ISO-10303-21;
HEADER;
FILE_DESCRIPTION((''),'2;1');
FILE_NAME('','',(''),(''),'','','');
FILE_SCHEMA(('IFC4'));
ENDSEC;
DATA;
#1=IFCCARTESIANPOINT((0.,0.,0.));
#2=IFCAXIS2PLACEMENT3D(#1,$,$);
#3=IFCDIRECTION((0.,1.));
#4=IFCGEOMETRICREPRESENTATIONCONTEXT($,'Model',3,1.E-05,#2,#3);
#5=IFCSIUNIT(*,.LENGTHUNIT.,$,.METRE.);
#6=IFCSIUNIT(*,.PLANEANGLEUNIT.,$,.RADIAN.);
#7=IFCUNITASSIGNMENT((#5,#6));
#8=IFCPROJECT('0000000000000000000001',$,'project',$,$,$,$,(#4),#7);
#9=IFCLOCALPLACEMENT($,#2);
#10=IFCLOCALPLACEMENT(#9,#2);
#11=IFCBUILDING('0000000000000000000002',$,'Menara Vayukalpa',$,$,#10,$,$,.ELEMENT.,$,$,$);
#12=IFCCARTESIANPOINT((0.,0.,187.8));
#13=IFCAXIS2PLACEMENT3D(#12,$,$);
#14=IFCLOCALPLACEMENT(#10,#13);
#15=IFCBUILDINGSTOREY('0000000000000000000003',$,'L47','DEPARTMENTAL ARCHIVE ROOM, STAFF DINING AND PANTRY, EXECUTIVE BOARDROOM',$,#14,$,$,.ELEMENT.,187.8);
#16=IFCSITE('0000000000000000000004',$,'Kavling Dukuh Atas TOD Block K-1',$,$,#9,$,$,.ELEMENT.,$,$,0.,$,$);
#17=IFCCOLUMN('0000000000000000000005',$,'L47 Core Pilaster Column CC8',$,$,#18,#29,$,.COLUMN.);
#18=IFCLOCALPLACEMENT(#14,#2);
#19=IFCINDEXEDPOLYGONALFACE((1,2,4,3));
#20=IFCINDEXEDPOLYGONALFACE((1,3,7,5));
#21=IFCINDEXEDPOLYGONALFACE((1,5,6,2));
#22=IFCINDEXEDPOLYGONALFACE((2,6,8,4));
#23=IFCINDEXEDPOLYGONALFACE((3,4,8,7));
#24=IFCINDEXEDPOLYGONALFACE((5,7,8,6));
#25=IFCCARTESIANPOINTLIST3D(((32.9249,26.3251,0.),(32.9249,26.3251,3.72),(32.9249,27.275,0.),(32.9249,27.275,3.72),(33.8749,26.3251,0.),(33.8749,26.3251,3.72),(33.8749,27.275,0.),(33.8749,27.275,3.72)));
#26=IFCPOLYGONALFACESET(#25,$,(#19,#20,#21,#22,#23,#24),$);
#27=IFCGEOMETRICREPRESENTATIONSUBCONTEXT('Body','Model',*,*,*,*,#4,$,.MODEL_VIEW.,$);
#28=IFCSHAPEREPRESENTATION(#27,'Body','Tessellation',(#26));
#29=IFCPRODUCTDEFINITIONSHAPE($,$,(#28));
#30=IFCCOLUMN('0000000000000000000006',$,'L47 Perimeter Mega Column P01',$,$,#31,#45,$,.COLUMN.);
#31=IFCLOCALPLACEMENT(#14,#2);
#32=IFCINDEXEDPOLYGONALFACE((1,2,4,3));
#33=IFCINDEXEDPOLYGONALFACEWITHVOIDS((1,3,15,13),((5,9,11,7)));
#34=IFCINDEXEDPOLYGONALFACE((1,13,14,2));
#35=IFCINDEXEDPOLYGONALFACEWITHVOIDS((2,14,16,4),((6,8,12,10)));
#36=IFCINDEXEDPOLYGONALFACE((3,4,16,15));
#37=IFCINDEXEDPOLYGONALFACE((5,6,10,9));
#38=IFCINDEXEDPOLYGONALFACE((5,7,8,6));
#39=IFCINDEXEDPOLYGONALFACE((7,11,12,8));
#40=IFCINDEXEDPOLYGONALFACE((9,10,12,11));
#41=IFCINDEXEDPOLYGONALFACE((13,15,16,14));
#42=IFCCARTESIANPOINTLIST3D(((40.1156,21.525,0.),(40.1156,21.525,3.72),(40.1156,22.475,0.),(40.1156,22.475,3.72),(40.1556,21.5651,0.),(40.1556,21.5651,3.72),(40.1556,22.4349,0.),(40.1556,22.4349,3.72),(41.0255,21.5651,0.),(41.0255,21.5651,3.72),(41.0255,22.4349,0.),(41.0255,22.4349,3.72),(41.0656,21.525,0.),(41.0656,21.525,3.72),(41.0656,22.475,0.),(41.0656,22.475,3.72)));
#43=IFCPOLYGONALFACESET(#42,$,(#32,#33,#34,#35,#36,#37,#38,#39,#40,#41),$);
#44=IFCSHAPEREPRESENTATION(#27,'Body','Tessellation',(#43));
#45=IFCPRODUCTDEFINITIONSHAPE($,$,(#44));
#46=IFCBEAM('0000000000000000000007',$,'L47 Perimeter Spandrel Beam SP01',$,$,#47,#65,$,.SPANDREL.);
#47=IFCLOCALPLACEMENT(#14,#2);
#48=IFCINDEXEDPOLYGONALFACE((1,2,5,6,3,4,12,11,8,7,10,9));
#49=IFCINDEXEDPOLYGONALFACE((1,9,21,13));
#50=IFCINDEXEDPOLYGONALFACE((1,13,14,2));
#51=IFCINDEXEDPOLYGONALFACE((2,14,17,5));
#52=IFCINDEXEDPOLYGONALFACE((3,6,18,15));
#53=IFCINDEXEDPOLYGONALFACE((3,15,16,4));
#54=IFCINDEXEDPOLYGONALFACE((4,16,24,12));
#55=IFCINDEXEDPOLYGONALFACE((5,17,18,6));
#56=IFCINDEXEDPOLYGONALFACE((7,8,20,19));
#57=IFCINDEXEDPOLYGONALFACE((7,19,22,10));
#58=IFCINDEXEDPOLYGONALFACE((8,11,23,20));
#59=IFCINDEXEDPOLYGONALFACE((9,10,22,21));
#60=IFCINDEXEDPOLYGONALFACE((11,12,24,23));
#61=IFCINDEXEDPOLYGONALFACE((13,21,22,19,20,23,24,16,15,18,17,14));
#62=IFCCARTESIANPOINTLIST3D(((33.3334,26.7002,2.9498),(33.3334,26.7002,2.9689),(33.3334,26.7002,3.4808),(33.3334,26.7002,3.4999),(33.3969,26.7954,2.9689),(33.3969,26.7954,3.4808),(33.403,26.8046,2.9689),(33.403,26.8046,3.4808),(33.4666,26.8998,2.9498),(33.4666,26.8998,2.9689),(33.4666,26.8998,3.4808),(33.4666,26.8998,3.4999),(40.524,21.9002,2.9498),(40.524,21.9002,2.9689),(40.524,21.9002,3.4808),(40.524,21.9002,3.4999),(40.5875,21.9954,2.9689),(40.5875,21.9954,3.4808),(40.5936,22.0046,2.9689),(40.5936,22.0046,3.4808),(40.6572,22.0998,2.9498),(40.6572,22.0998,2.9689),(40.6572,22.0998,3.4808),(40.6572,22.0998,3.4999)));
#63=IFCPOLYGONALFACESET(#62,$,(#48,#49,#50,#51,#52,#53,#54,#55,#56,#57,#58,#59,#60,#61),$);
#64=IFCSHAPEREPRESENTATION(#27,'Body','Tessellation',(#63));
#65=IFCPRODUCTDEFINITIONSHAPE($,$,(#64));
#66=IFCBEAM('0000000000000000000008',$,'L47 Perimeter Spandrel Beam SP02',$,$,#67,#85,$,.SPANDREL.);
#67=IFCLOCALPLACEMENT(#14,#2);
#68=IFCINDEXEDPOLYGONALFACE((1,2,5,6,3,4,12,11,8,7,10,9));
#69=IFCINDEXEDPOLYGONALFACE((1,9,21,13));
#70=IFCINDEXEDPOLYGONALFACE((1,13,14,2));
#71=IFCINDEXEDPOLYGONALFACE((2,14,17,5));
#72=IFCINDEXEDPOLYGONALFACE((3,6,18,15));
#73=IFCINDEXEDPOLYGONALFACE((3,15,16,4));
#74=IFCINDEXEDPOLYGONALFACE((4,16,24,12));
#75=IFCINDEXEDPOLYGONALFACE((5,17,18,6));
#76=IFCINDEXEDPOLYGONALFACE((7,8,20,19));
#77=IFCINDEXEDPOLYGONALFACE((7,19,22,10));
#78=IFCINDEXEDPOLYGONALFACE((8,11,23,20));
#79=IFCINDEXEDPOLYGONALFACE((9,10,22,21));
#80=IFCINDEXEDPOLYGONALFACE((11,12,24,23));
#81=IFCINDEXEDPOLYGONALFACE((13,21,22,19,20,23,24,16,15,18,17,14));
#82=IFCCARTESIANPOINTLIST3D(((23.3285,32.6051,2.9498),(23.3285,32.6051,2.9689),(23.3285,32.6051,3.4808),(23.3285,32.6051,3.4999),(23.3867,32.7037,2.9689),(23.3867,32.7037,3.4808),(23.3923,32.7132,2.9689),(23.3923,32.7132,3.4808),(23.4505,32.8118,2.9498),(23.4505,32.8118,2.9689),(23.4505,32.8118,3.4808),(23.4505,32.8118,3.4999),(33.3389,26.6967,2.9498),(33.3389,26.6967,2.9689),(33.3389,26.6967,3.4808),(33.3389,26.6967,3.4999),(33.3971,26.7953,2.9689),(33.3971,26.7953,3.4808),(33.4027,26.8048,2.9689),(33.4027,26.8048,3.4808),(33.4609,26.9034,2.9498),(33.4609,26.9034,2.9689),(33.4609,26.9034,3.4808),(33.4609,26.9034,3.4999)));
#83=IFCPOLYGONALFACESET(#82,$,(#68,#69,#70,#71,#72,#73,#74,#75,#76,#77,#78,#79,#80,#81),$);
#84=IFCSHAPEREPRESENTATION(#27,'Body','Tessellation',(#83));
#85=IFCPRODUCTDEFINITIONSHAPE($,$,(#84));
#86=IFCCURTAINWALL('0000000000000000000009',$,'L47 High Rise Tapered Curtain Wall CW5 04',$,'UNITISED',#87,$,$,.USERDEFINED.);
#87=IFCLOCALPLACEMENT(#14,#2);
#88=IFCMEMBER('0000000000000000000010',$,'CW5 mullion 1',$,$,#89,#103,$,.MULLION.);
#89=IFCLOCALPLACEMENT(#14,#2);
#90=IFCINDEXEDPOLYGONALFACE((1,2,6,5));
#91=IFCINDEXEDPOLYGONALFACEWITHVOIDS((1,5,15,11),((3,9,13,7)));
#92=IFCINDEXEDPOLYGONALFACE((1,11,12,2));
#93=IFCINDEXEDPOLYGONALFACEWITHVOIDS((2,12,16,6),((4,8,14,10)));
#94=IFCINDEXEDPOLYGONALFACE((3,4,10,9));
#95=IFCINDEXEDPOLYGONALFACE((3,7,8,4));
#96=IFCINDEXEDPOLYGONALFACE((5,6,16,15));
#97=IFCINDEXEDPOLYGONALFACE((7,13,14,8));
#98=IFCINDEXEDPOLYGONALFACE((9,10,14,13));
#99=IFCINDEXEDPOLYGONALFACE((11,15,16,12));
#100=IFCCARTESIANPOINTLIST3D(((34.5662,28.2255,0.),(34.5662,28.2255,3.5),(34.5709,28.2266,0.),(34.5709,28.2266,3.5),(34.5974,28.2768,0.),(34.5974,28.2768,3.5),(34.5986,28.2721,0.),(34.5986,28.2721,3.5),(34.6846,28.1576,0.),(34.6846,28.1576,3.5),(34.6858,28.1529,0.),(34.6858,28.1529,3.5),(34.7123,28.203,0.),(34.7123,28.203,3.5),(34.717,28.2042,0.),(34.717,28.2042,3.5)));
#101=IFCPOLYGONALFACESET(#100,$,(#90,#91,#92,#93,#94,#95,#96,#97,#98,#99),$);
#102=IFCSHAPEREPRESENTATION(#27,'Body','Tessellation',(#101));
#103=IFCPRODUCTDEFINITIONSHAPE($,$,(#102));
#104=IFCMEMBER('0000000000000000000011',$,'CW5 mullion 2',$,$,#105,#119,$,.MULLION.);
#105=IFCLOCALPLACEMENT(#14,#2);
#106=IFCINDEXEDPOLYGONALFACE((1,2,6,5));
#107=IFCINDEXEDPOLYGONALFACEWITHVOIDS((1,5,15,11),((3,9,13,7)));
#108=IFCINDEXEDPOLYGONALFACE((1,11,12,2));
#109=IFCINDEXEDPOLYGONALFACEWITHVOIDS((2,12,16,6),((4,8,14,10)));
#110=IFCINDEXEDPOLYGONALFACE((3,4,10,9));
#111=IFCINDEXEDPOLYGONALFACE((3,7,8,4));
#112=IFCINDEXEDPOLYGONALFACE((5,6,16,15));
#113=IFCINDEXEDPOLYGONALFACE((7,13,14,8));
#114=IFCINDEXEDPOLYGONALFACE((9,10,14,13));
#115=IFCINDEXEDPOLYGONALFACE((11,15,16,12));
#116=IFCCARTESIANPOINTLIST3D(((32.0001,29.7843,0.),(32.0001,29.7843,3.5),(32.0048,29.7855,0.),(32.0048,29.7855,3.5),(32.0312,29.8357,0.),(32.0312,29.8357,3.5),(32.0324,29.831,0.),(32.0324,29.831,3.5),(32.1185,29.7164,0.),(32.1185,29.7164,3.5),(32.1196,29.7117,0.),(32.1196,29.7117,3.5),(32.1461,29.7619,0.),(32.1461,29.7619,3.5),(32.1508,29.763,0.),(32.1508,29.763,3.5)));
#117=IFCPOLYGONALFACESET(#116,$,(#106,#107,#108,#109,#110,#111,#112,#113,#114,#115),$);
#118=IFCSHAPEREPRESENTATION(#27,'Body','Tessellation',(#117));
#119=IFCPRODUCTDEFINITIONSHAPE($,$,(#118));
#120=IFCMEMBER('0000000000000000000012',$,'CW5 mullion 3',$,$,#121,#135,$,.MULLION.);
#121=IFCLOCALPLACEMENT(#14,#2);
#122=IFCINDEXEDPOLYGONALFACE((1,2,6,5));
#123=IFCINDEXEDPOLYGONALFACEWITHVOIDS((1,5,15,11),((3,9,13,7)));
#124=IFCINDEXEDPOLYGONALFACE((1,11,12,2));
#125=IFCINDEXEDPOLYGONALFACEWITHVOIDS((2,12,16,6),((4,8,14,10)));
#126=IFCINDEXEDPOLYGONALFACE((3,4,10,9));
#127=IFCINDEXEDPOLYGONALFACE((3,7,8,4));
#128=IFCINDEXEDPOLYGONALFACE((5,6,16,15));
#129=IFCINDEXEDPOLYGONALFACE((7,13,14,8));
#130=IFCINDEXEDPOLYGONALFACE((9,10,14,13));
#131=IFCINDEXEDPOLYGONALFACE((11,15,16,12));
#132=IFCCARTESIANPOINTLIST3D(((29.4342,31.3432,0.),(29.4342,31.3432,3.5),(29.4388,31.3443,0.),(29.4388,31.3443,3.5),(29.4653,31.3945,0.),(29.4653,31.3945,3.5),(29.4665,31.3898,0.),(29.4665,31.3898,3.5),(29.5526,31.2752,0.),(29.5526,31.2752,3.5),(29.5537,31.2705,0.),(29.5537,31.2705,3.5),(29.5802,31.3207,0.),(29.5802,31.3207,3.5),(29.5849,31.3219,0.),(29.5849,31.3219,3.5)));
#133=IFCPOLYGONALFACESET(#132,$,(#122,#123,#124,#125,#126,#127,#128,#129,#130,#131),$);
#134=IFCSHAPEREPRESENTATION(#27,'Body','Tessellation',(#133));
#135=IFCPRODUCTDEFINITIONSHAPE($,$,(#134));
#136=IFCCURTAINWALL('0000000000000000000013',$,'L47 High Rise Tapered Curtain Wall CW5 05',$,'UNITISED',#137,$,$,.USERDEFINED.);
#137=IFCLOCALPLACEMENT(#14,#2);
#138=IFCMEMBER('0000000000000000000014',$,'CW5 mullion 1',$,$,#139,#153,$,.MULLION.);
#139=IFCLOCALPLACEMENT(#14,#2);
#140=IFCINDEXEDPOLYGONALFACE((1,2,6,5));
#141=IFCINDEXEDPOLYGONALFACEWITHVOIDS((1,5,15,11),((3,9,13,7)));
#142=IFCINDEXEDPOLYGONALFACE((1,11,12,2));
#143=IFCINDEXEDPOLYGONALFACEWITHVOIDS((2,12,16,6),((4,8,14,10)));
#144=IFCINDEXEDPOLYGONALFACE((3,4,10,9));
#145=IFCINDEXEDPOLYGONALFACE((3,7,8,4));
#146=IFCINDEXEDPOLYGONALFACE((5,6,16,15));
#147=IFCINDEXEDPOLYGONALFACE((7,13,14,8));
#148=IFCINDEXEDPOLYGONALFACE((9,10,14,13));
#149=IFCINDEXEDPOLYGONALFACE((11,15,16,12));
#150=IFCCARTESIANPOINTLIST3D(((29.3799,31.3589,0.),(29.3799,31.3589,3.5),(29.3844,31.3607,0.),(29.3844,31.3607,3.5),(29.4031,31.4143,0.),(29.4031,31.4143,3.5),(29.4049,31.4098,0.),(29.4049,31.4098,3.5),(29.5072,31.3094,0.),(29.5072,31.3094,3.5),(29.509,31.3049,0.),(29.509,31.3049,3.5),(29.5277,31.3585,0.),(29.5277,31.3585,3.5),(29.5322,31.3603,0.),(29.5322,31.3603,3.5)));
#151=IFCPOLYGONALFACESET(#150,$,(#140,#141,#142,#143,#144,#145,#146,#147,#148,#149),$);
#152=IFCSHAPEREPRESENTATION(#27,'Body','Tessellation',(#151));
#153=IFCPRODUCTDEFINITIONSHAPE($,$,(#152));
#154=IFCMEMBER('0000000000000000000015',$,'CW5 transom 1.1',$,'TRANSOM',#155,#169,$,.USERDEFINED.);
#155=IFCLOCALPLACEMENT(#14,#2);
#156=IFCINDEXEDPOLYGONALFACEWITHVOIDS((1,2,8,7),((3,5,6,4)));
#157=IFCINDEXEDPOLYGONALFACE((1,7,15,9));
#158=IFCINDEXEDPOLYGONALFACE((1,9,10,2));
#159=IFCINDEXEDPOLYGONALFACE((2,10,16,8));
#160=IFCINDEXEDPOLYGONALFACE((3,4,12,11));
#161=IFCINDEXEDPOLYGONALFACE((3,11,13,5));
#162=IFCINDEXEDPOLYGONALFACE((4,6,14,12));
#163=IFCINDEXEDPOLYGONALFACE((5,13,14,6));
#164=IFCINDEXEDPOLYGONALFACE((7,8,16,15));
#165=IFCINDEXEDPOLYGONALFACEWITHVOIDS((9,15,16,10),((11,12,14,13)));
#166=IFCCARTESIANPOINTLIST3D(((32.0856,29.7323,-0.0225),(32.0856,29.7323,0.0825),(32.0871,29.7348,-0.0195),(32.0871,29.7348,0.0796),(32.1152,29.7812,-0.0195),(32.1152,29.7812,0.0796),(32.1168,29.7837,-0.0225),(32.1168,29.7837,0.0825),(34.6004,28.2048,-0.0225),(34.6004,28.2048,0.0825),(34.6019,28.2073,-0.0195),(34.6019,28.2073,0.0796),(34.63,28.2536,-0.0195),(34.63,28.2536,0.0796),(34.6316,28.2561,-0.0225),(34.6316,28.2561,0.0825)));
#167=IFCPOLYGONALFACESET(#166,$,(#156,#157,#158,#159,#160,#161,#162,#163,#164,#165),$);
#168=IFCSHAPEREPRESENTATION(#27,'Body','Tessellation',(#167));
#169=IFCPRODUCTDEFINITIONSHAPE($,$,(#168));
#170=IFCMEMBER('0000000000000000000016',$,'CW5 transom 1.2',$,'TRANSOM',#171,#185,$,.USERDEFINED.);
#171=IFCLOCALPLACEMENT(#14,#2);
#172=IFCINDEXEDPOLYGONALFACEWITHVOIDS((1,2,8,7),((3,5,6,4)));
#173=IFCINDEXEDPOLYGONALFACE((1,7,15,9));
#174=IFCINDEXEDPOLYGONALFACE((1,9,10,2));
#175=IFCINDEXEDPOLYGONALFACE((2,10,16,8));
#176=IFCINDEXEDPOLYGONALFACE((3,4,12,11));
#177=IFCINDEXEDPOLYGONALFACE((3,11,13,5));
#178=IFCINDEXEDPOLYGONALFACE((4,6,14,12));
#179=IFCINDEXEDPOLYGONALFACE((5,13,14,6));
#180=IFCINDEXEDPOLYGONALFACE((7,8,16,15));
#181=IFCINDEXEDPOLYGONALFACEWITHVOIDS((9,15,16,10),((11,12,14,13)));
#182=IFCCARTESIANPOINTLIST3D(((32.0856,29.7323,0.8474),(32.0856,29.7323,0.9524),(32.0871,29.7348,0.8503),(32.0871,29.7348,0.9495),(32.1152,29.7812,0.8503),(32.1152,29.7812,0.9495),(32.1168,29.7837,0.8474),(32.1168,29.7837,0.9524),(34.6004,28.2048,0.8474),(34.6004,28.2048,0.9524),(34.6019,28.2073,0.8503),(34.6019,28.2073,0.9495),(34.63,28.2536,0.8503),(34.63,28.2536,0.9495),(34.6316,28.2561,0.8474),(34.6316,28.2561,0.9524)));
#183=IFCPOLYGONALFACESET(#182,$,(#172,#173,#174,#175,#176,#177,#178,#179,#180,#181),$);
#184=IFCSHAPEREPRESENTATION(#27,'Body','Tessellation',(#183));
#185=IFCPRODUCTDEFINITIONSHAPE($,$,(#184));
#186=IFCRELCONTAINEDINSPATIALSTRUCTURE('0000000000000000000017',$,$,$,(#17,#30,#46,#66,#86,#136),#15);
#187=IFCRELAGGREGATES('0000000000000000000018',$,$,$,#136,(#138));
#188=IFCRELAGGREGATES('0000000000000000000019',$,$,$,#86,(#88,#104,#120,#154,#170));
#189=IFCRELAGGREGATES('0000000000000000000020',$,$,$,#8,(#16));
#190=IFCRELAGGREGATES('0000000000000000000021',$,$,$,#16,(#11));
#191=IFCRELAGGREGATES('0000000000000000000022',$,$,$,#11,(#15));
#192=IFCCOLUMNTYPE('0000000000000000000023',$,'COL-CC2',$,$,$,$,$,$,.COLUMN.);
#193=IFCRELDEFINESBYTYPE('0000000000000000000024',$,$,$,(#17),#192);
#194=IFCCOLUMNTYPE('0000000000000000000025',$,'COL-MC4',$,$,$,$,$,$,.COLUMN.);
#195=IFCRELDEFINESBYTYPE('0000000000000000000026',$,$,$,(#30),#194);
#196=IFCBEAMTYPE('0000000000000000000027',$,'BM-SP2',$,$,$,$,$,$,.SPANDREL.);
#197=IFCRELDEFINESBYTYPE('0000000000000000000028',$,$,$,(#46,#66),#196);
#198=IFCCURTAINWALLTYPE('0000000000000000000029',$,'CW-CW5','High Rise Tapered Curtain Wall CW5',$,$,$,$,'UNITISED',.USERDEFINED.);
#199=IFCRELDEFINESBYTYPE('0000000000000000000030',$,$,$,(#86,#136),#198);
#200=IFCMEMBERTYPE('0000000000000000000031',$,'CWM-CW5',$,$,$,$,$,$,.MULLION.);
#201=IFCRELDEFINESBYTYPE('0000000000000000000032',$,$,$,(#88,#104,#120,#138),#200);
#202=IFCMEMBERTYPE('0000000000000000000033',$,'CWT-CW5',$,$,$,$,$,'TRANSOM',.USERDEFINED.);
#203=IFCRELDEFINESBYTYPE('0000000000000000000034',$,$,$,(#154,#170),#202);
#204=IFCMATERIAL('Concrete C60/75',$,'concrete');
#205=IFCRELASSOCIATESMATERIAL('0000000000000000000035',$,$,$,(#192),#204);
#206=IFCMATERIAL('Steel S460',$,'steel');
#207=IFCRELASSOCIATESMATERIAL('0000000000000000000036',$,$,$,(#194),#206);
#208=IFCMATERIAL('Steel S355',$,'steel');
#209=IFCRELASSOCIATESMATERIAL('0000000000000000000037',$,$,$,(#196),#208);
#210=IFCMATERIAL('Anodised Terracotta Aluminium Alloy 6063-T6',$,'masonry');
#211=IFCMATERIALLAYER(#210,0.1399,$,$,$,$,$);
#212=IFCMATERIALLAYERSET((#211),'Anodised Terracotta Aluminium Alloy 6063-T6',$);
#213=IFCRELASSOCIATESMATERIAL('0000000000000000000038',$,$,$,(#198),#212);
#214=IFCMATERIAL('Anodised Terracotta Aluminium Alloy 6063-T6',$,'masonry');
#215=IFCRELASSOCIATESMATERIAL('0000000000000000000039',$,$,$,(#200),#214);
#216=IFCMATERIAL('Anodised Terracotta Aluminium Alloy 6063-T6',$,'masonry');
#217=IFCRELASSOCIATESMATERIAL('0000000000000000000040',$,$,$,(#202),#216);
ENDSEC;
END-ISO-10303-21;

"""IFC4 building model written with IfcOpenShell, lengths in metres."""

from ifc_helpers import new_model, si_unit, direction, frame, origin, origin_2d, place, context, subcontext, project, spatial, rectangle, hollow_rectangle, i_section, extrude, material, layer, layer_set, material_profile, profile_set, type_object, element, aggregate, save


model = new_model("IFC4")

# Units and contexts
model_context = context("Model", 3, precision=1e-05, world=origin(), true_north=direction((0.0, 1.0)))
body_context = subcontext(model_context, "Body", "Model", "MODEL_VIEW")
ifc_project = project(units=[si_unit("LENGTHUNIT", "METRE"), si_unit("PLANEANGLEUNIT", "RADIAN")], contexts=[model_context])

# Site, building, storey
site_placement = place(None, origin())
site = spatial("IfcSite", under=ifc_project, at=site_placement, Name="Kavling Dukuh Atas TOD Block K-1", CompositionType="ELEMENT", RefElevation=0.0)
building_placement = place(site_placement, origin())
building = spatial("IfcBuilding", under=site, at=building_placement, Name="Menara Vayukalpa", CompositionType="ELEMENT")
storey_placement = place(building_placement, frame((0.0, 0.0, 187.8)))
storey = spatial("IfcBuildingStorey", under=building, at=storey_placement, Name="L47", Description="DEPARTMENTAL ARCHIVE ROOM, STAFF DINING AND PANTRY, EXECUTIVE BOARDROOM", CompositionType="ELEMENT", Elevation=187.8)

# Columns
ifc_material_1 = material(Name="Concrete C60/75", Category="concrete")
ifc_material_profile_1 = material_profile(ifc_material_1, rectangle(XDim=0.95, YDim=0.95, at=origin_2d()), Name="RC 950x950")
ifc_profile_set_1 = profile_set([ifc_material_profile_1], Name="Concrete C60/75")
column_type_1 = type_object("IfcColumnType", Name="COL-CC2", PredefinedType="COLUMN", material=ifc_profile_set_1)
column_1_placement = place(storey_placement, frame((33.3999, 26.8, 0.0), z_axis=(0.0, 0.0, 1.0), x_axis=(1.0, 0.0, 0.0)))
element("IfcColumn", 1, at=column_1_placement, inside=storey, type_object=column_type_1, Name="L47 Core Pilaster Column CC8", PredefinedType="COLUMN", context=body_context, shape_type="SweptSolid", body=[
    extrude(rectangle(XDim=0.95, YDim=0.95, at=origin_2d()), origin(), (0.0, 0.0, 1.0), 3.72),
])
ifc_material_2 = material(Name="Steel S460", Category="steel")
ifc_material_profile_2 = material_profile(ifc_material_2, hollow_rectangle(XDim=0.95, YDim=0.95, WallThickness=0.04, at=origin_2d()), Name="BOX 950x950x40")
ifc_profile_set_2 = profile_set([ifc_material_profile_2], Name="Steel S460")
column_type_2 = type_object("IfcColumnType", Name="COL-MC4", PredefinedType="COLUMN", material=ifc_profile_set_2)
column_2_placement = place(storey_placement, frame((40.5906, 22.0, 0.0), z_axis=(0.0, 0.0, 1.0), x_axis=(1.0, 0.0, 0.0)))
element("IfcColumn", 2, at=column_2_placement, inside=storey, type_object=column_type_2, Name="L47 Perimeter Mega Column P01", PredefinedType="COLUMN", context=body_context, shape_type="SweptSolid", body=[
    extrude(hollow_rectangle(XDim=0.95, YDim=0.95, WallThickness=0.04, at=origin_2d()), origin(), (0.0, 0.0, 1.0), 3.72),
])

# Beams
ifc_material_3 = material(Name="Steel S355", Category="steel")
ifc_material_profile_3 = material_profile(ifc_material_3, i_section(OverallWidth=0.24, OverallDepth=0.55, WebThickness=0.011, FlangeThickness=0.019, at=origin_2d()), Name="WF 550x240x11x19")
ifc_profile_set_3 = profile_set([ifc_material_profile_3], Name="Steel S355")
beam_type = type_object("IfcBeamType", Name="BM-SP2", PredefinedType="SPANDREL", material=ifc_profile_set_3)
beam_1_placement = place(storey_placement, frame((40.5906, 22.0, 3.2249), z_axis=(-0.831716, 0.555202, 0.0), x_axis=(-0.555202, -0.831716, 0.0)))
element("IfcBeam", 3, at=beam_1_placement, inside=storey, type_object=beam_type, Name="L47 Perimeter Spandrel Beam SP01", PredefinedType="SPANDREL", context=body_context, shape_type="SweptSolid", body=[
    extrude(i_section(OverallWidth=0.24, OverallDepth=0.55, WebThickness=0.011, FlangeThickness=0.019, at=origin_2d()), origin(), (0.0, 0.0, 1.0), 8.6455),
])
beam_2_placement = place(storey_placement, frame((33.3999, 26.8, 3.2249), z_axis=(-0.861184, 0.508293, 0.0), x_axis=(-0.508293, -0.861184, 0.0)))
element("IfcBeam", 4, at=beam_2_placement, inside=storey, type_object=beam_type, Name="L47 Perimeter Spandrel Beam SP02", PredefinedType="SPANDREL", context=body_context, shape_type="SweptSolid", body=[
    extrude(i_section(OverallWidth=0.24, OverallDepth=0.55, WebThickness=0.011, FlangeThickness=0.019, at=origin_2d()), origin(), (0.0, 0.0, 1.0), 11.624),
])

# Curtain wall, members
ifc_material_4 = material(Name="Anodised Terracotta Aluminium Alloy 6063-T6", Category="masonry")
ifc_layer_1 = layer(ifc_material_4, 0.1399)
ifc_layer_set_1 = layer_set([ifc_layer_1], Name="Anodised Terracotta Aluminium Alloy 6063-T6")
curtain_wall_type = type_object("IfcCurtainWallType", Name="CW-CW5", Description="High Rise Tapered Curtain Wall CW5", ElementType="UNITISED", PredefinedType="USERDEFINED", material=ifc_layer_set_1)
curtain_wall_1_placement = place(storey_placement, origin())
curtain_wall_1 = element("IfcCurtainWall", 5, at=curtain_wall_1_placement, inside=storey, type_object=curtain_wall_type, Name="L47 High Rise Tapered Curtain Wall CW5 04", ObjectType="UNITISED", PredefinedType="USERDEFINED")
ifc_material_5 = material(Name="Anodised Terracotta Aluminium Alloy 6063-T6", Category="masonry")
ifc_material_profile_4 = material_profile(ifc_material_5, hollow_rectangle(XDim=0.0601, YDim=0.1399, WallThickness=0.0034, at=origin_2d()), Name="ALU 60x140x3.5")
ifc_profile_set_4 = profile_set([ifc_material_profile_4], Name="Anodised Terracotta Aluminium Alloy 6063-T6")
member_type_1 = type_object("IfcMemberType", Name="CWM-CW5", PredefinedType="MULLION", material=ifc_profile_set_4)
member_1_placement = place(storey_placement, frame((34.6416, 28.2148, 0.0), z_axis=(0.0, 0.0, 1.0), x_axis=(-0.51918, -0.854665, 0.0)))
member_1 = element("IfcMember", 6, at=member_1_placement, type_object=member_type_1, Name="CW5 mullion 1", PredefinedType="MULLION", context=body_context, shape_type="SweptSolid", body=[
    extrude(hollow_rectangle(XDim=0.0601, YDim=0.1399, WallThickness=0.0034, at=origin_2d()), origin(), (0.0, 0.0, 1.0), 3.5),
])
member_2_placement = place(storey_placement, frame((32.0754, 29.7737, 0.0), z_axis=(0.0, 0.0, 1.0), x_axis=(-0.51918, -0.854665, 0.0)))
member_2 = element("IfcMember", 7, at=member_2_placement, type_object=member_type_1, Name="CW5 mullion 2", PredefinedType="MULLION", context=body_context, shape_type="SweptSolid", body=[
    extrude(hollow_rectangle(XDim=0.0601, YDim=0.1399, WallThickness=0.0034, at=origin_2d()), origin(), (0.0, 0.0, 1.0), 3.5),
])
member_3_placement = place(storey_placement, frame((29.5095, 31.3325, 0.0), z_axis=(0.0, 0.0, 1.0), x_axis=(-0.51918, -0.854665, 0.0)))
member_3 = element("IfcMember", 8, at=member_3_placement, type_object=member_type_1, Name="CW5 mullion 3", PredefinedType="MULLION", context=body_context, shape_type="SweptSolid", body=[
    extrude(hollow_rectangle(XDim=0.0601, YDim=0.1399, WallThickness=0.0034, at=origin_2d()), origin(), (0.0, 0.0, 1.0), 3.5),
])

# Curtain wall, member
curtain_wall_2_placement = place(storey_placement, origin())
curtain_wall_2 = element("IfcCurtainWall", 9, at=curtain_wall_2_placement, inside=storey, type_object=curtain_wall_type, Name="L47 High Rise Tapered Curtain Wall CW5 05", ObjectType="UNITISED", PredefinedType="USERDEFINED")
member_4_placement = place(storey_placement, frame((29.4561, 31.3596, 0.0), z_axis=(0.0, 0.0, 1.0), x_axis=(-0.385903, -0.922539, 0.0)))
member_4 = element("IfcMember", 10, at=member_4_placement, type_object=member_type_1, Name="CW5 mullion 1", PredefinedType="MULLION", context=body_context, shape_type="SweptSolid", body=[
    extrude(hollow_rectangle(XDim=0.0601, YDim=0.1399, WallThickness=0.0034, at=origin_2d()), origin(), (0.0, 0.0, 1.0), 3.5),
])

# Members
ifc_material_6 = material(Name="Anodised Terracotta Aluminium Alloy 6063-T6", Category="masonry")
ifc_material_profile_5 = material_profile(ifc_material_6, hollow_rectangle(XDim=0.0601, YDim=0.105, WallThickness=0.0029, at=origin_2d()), Name="ALU 60x105x3")
ifc_profile_set_5 = profile_set([ifc_material_profile_5], Name="Anodised Terracotta Aluminium Alloy 6063-T6")
member_type_2 = type_object("IfcMemberType", Name="CWT-CW5", ElementType="TRANSOM", PredefinedType="USERDEFINED", material=ifc_profile_set_5)
member_5_placement = place(storey_placement, frame((34.616, 28.2305, 0.03), z_axis=(-0.854684, 0.519149, 0.0), x_axis=(-0.519149, -0.854684, 0.0)))
member_5 = element("IfcMember", 11, at=member_5_placement, type_object=member_type_2, Name="CW5 transom 1.1", ObjectType="TRANSOM", PredefinedType="USERDEFINED", context=body_context, shape_type="SweptSolid", body=[
    extrude(hollow_rectangle(XDim=0.0601, YDim=0.105, WallThickness=0.0029, at=origin_2d()), origin(), (0.0, 0.0, 1.0), 2.9424),
])
member_6_placement = place(storey_placement, frame((34.616, 28.2305, 0.8999), z_axis=(-0.854684, 0.519149, 0.0), x_axis=(-0.519149, -0.854684, 0.0)))
member_6 = element("IfcMember", 12, at=member_6_placement, type_object=member_type_2, Name="CW5 transom 1.2", ObjectType="TRANSOM", PredefinedType="USERDEFINED", context=body_context, shape_type="SweptSolid", body=[
    extrude(hollow_rectangle(XDim=0.0601, YDim=0.105, WallThickness=0.0029, at=origin_2d()), origin(), (0.0, 0.0, 1.0), 2.9424),
])
aggregate(curtain_wall_2, [member_4])

aggregate(curtain_wall_1, [member_1, member_2, member_3, member_5, member_6])

save(model, "model.ifc")
